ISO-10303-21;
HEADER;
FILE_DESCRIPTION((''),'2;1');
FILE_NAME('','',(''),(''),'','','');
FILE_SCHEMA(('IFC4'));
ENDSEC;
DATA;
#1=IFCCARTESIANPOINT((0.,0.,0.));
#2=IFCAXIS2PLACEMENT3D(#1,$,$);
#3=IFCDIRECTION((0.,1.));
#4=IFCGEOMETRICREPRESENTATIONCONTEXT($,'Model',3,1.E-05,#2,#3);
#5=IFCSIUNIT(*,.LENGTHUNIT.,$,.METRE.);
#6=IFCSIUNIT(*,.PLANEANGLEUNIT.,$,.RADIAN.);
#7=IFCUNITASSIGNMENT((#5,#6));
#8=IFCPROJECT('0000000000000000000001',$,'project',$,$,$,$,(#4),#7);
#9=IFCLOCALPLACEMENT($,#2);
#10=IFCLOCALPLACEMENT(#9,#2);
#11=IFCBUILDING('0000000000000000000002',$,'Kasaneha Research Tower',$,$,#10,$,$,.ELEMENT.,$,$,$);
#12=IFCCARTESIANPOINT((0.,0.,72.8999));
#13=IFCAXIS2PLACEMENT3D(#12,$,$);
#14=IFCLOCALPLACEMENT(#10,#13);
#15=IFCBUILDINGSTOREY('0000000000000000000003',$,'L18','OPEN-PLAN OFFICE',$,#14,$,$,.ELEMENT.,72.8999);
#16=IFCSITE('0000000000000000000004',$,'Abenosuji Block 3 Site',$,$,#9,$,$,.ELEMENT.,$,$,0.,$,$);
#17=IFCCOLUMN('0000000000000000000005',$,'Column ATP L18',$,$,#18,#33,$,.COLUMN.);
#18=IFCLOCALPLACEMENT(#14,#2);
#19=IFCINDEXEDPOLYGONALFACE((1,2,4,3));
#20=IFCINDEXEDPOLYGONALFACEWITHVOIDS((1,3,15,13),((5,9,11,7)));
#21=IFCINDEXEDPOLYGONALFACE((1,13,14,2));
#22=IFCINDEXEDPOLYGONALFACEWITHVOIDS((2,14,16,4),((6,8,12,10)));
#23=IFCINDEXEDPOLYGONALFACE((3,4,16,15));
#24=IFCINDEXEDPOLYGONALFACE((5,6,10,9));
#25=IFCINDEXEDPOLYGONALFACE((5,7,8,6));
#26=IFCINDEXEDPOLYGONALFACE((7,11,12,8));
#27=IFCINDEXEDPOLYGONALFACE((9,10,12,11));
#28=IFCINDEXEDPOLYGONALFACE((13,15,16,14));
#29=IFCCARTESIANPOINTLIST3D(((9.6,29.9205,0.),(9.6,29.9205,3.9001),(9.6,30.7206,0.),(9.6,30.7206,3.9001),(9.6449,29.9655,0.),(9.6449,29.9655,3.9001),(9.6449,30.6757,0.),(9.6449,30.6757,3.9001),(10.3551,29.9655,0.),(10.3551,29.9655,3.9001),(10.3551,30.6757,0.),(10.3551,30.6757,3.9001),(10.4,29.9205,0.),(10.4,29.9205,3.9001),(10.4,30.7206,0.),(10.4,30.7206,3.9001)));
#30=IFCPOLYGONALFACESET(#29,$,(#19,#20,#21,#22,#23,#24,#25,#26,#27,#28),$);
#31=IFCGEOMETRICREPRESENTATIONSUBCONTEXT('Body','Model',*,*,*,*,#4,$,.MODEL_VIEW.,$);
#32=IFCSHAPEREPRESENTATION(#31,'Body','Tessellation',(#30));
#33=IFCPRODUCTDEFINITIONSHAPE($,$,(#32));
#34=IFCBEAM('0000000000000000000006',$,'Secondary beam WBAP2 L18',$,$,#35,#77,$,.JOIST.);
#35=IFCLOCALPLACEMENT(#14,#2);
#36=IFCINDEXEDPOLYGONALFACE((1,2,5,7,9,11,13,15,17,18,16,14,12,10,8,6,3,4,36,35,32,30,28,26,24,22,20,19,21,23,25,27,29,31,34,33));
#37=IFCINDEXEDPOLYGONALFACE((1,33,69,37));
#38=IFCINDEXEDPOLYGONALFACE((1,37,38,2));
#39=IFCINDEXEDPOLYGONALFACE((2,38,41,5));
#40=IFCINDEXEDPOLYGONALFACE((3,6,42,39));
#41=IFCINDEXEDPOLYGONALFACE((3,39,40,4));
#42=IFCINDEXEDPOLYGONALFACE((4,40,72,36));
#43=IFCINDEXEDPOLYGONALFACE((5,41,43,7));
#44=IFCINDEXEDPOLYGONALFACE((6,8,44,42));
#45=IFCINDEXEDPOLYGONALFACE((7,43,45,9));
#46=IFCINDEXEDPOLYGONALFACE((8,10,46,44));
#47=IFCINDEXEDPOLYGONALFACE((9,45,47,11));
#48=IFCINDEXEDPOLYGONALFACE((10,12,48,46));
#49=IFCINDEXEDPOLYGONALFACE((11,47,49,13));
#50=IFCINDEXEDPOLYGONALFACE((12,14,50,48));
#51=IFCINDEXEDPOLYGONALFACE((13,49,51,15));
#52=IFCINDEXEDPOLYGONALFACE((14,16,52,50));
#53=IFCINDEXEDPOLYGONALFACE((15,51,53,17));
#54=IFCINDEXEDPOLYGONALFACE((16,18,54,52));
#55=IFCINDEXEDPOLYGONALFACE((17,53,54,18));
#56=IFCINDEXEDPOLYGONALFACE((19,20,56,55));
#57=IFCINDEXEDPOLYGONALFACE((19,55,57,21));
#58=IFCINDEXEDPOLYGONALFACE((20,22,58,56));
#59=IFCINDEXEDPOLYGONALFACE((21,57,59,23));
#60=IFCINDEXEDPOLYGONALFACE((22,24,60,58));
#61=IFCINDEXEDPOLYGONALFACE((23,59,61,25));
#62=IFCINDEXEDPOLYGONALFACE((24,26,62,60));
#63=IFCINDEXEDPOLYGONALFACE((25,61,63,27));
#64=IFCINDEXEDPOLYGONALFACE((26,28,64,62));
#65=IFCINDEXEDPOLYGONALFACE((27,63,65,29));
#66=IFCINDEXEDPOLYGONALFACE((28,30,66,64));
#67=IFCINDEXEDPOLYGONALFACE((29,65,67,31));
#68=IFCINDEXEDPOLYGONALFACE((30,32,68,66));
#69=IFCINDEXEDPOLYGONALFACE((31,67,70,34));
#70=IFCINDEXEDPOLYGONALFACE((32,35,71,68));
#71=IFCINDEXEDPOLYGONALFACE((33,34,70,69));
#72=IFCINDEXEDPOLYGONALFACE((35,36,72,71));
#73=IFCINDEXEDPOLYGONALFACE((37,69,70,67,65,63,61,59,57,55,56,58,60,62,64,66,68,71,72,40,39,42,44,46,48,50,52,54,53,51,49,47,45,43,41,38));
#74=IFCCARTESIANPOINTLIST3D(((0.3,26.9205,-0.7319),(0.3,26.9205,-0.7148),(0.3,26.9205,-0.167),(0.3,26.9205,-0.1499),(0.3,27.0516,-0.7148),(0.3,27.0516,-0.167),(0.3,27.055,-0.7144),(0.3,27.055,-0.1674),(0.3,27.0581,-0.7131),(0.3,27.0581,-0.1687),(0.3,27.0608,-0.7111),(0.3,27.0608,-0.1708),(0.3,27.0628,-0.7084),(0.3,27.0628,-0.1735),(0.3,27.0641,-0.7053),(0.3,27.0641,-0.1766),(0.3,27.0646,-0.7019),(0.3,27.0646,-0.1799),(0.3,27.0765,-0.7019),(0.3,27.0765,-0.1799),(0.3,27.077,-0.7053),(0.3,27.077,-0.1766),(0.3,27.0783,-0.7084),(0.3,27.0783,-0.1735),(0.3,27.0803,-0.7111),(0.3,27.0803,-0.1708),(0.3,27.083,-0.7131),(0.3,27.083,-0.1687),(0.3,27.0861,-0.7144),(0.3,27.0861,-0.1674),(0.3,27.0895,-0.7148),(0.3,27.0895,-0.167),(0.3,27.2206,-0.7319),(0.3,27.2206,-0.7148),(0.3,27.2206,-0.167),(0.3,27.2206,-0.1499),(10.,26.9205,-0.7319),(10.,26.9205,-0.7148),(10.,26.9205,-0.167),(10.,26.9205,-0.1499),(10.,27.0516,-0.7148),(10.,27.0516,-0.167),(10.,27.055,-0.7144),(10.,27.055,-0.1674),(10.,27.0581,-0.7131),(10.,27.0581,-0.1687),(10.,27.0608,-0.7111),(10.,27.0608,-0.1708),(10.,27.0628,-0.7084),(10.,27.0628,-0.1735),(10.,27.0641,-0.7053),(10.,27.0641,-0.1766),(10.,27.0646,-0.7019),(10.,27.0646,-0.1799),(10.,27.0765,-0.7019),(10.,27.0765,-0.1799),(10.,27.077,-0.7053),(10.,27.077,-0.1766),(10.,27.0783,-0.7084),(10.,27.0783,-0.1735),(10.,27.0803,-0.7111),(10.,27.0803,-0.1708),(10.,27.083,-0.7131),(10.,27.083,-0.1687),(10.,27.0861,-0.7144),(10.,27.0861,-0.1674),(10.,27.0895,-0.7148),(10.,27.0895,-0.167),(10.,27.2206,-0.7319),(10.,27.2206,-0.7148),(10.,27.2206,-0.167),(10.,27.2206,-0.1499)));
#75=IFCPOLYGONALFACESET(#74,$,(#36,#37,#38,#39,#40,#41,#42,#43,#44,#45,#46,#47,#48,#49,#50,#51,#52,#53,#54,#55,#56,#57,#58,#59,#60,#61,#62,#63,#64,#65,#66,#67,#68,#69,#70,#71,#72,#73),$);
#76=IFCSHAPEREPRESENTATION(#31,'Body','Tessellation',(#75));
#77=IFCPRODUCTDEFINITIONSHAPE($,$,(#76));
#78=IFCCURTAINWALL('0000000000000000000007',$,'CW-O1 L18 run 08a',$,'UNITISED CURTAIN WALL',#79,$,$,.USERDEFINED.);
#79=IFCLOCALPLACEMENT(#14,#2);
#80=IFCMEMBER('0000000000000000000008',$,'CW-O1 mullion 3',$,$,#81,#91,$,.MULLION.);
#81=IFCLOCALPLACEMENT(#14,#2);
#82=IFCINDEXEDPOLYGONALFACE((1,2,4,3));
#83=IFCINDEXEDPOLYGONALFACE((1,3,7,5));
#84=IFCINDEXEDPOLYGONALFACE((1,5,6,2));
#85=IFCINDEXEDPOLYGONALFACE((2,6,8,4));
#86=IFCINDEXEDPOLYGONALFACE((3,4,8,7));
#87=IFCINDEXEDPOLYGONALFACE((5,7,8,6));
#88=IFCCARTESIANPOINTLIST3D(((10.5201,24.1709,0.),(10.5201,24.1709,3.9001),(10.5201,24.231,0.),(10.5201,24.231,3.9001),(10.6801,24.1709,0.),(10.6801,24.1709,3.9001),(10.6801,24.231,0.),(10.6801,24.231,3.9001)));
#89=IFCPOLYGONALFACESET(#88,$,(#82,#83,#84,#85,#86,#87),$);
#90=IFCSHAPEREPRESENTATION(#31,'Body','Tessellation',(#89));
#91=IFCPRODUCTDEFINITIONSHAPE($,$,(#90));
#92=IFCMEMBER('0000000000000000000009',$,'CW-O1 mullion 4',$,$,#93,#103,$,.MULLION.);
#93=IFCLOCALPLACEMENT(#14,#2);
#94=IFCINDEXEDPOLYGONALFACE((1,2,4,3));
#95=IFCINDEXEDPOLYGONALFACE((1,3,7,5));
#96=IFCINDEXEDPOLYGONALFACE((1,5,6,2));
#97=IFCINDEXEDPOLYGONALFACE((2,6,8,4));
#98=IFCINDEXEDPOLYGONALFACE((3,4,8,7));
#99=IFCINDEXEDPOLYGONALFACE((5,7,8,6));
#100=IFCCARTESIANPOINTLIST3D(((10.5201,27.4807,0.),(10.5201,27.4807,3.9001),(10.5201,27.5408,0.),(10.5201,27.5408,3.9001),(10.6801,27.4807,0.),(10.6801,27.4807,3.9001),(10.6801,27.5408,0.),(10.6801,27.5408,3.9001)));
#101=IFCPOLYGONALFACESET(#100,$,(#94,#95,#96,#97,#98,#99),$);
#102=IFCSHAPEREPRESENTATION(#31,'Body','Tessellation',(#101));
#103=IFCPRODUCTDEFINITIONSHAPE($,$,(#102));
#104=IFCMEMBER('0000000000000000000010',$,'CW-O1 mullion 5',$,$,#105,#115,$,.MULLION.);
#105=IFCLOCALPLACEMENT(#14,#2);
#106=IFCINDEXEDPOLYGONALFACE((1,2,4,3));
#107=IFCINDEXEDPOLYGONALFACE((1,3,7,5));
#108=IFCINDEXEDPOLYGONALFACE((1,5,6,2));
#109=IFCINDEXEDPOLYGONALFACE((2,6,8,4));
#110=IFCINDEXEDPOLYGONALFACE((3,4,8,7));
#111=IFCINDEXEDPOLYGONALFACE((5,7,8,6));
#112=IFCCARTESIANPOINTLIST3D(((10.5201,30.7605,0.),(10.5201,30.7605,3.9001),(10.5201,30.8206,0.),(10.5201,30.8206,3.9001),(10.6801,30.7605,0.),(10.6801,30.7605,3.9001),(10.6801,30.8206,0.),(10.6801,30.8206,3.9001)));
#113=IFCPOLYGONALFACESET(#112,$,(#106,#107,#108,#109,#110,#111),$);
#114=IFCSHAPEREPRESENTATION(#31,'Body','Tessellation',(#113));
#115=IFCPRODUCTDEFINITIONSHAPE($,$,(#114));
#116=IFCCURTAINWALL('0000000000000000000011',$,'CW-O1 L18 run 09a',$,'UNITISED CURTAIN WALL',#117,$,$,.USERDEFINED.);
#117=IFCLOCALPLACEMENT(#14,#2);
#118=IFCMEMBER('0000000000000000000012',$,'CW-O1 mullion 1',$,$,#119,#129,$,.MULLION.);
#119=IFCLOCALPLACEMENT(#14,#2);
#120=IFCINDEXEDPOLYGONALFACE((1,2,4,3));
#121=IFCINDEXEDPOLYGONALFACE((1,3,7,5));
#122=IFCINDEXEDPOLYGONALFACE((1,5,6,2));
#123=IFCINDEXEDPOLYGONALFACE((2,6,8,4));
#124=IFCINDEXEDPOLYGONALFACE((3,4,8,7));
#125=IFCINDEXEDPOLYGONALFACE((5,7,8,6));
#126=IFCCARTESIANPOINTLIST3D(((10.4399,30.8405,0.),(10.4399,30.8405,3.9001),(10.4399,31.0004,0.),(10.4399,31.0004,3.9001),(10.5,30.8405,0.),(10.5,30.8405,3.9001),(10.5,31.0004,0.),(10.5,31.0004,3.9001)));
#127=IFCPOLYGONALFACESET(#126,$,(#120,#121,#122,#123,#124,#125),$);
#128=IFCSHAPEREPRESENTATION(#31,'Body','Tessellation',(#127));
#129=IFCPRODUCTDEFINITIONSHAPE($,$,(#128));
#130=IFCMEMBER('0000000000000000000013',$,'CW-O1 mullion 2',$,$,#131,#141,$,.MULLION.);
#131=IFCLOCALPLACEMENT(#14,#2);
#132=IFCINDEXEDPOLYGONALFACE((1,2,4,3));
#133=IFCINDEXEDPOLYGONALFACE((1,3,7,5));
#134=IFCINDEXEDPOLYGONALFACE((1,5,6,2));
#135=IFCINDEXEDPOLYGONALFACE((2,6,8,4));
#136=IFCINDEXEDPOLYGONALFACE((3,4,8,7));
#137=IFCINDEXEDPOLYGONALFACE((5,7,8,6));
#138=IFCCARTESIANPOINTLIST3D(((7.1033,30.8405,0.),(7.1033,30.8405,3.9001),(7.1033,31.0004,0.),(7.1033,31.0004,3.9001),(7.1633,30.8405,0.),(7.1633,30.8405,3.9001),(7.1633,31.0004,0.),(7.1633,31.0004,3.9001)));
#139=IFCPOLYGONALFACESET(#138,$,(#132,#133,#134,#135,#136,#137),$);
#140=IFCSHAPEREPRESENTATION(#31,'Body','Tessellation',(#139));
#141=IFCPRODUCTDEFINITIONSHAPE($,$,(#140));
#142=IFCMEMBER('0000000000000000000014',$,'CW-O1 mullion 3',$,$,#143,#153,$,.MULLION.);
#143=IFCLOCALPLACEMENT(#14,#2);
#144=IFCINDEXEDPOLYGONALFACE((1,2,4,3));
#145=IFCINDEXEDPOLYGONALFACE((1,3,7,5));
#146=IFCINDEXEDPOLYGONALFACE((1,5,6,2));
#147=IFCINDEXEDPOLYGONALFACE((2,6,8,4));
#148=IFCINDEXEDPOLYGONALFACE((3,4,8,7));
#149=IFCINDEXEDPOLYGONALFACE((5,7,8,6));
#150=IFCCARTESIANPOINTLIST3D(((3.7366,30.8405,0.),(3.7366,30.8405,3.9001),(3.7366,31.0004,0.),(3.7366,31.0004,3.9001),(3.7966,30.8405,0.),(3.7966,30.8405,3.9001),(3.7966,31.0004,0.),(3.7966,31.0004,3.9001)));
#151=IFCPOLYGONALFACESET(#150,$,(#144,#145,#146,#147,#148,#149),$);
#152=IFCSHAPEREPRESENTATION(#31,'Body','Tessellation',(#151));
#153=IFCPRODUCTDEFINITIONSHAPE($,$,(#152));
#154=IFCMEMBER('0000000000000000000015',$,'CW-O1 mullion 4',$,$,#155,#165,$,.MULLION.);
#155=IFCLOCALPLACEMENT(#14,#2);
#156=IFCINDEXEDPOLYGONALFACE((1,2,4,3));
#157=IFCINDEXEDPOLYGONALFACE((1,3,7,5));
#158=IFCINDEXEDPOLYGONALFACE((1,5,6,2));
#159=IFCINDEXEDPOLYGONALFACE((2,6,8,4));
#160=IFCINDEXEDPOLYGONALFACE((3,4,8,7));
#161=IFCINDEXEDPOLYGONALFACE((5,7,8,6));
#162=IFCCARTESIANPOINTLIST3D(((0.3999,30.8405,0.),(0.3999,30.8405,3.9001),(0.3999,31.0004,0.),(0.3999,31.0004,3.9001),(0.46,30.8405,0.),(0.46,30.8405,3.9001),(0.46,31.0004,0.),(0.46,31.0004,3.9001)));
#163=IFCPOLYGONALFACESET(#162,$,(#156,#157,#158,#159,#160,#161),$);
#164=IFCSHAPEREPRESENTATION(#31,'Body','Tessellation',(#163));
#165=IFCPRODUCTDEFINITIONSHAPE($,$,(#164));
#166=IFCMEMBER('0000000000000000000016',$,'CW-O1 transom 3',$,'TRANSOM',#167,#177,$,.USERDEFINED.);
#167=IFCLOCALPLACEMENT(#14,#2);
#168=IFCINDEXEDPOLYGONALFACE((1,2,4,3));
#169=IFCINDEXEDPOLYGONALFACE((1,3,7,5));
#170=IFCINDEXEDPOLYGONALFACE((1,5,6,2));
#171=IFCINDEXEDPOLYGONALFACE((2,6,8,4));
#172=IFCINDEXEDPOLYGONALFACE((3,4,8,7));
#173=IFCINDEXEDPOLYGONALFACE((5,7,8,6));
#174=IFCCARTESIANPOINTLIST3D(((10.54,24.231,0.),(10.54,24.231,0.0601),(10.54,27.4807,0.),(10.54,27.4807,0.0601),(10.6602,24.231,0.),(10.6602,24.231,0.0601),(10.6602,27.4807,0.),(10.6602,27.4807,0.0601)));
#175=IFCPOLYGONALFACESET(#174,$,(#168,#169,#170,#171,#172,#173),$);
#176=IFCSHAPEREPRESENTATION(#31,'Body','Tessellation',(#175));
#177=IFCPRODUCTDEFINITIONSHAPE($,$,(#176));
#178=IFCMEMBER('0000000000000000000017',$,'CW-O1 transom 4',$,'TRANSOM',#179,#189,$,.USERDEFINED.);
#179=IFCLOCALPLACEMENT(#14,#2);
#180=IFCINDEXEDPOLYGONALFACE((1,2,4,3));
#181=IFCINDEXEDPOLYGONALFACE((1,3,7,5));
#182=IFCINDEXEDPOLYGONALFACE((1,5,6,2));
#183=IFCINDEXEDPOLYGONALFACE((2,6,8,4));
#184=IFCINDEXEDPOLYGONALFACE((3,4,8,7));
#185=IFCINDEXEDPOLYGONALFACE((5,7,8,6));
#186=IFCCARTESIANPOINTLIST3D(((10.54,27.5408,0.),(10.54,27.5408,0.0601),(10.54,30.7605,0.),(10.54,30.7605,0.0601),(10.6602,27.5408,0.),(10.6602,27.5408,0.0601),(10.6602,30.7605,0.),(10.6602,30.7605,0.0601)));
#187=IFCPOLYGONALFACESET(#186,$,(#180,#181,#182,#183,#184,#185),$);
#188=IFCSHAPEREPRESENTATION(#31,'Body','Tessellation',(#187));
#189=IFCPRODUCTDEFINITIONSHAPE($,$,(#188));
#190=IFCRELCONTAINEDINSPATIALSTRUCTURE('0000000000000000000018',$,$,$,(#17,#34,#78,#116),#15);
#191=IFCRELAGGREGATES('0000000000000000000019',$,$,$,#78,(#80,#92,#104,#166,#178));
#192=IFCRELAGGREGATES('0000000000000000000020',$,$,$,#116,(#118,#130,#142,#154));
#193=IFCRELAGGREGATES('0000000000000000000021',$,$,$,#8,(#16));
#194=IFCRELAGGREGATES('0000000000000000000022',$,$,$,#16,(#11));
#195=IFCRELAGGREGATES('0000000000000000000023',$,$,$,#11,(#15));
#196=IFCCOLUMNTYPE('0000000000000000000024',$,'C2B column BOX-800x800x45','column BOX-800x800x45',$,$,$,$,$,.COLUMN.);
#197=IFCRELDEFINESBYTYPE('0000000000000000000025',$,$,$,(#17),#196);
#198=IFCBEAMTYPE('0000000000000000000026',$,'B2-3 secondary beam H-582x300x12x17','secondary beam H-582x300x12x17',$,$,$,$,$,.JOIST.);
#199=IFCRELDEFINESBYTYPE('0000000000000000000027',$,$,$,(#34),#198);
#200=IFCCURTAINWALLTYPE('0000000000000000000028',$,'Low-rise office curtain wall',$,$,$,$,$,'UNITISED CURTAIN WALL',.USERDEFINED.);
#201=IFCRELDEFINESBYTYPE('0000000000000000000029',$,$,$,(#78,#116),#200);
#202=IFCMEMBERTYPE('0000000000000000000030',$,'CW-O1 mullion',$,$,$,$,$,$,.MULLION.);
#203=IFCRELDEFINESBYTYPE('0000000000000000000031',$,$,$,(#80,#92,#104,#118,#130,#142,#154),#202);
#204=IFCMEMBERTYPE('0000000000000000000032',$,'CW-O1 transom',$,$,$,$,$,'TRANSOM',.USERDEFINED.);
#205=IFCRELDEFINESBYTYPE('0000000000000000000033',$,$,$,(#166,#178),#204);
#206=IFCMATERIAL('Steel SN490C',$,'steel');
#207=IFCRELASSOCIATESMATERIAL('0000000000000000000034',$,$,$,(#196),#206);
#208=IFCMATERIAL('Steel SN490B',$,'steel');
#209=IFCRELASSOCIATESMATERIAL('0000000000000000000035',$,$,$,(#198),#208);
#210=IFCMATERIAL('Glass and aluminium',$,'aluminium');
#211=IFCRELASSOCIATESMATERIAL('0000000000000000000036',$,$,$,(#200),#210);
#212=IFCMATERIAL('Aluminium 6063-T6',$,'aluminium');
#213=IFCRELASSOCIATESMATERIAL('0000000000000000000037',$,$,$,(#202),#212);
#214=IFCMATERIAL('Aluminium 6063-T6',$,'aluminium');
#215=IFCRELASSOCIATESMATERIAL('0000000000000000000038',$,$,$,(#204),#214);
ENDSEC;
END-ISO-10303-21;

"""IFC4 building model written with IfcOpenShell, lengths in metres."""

from ifc_helpers import new_model, si_unit, direction, frame, origin, origin_2d, place, context, subcontext, project, spatial, rectangle, hollow_rectangle, i_section, extrude, material, material_profile, profile_set, type_object, element, aggregate, save


model = new_model("IFC4")

# Units and contexts
model_context = context("Model", 3, precision=1e-05, world=origin(), true_north=direction((0.0, 1.0)))
body_context = subcontext(model_context, "Body", "Model", "MODEL_VIEW")
ifc_project = project(units=[si_unit("LENGTHUNIT", "METRE"), si_unit("PLANEANGLEUNIT", "RADIAN")], contexts=[model_context])

# Site, building, storey
site_placement = place(None, origin())
site = spatial("IfcSite", under=ifc_project, at=site_placement, Name="Abenosuji Block 3 Site", CompositionType="ELEMENT", RefElevation=0.0)
building_placement = place(site_placement, origin())
building = spatial("IfcBuilding", under=site, at=building_placement, Name="Kasaneha Research Tower", CompositionType="ELEMENT")
storey_placement = place(building_placement, frame((0.0, 0.0, 72.8999)))
storey = spatial("IfcBuildingStorey", under=building, at=storey_placement, Name="L18", Description="OPEN-PLAN OFFICE", CompositionType="ELEMENT", Elevation=72.8999)

# Column
ifc_material_1 = material(Name="Steel SN490C", Category="steel")
ifc_material_profile_1 = material_profile(ifc_material_1, hollow_rectangle(XDim=0.8, YDim=0.8, WallThickness=0.0449, at=origin_2d()), Name="BOX-800x800x45")
ifc_profile_set_1 = profile_set([ifc_material_profile_1], Name="Steel SN490C")
column_type = type_object("IfcColumnType", Name="C2B column BOX-800x800x45", Description="column BOX-800x800x45", PredefinedType="COLUMN", material=ifc_profile_set_1)
column_placement = place(storey_placement, frame((10.0, 30.3206, 0.0), z_axis=(0.0, 0.0, 1.0), x_axis=(1.0, 0.0, 0.0)))
element("IfcColumn", 1, at=column_placement, inside=storey, type_object=column_type, Name="Column ATP L18", PredefinedType="COLUMN", context=body_context, shape_type="SweptSolid", body=[
    extrude(hollow_rectangle(XDim=0.8, YDim=0.8, WallThickness=0.0449, at=origin_2d()), origin(), (0.0, 0.0, 1.0), 3.9001),
])

# Beam
ifc_material_2 = material(Name="Steel SN490B", Category="steel")
ifc_material_profile_2 = material_profile(ifc_material_2, i_section(OverallWidth=0.3, OverallDepth=0.582, WebThickness=0.012, FlangeThickness=0.0171, FilletRadius=0.0129, at=origin_2d()), Name="H-582x300x12x17")
ifc_profile_set_2 = profile_set([ifc_material_profile_2], Name="Steel SN490B")
beam_type_1 = type_object("IfcBeamType", Name="B2-3 secondary beam H-582x300x12x17", Description="secondary beam H-582x300x12x17", PredefinedType="JOIST", material=ifc_profile_set_2)
beam_1_placement = place(storey_placement, frame((10.0, 27.0706, -0.4409), z_axis=(-1.0, 0.0, 0.0), x_axis=(0.0, -1.0, 0.0)))
element("IfcBeam", 2, at=beam_1_placement, inside=storey, type_object=beam_type_1, Name="Secondary beam WBAP2 L18", PredefinedType="JOIST", context=body_context, shape_type="SweptSolid", body=[
    extrude(i_section(OverallWidth=0.3, OverallDepth=0.582, WebThickness=0.012, FlangeThickness=0.0171, FilletRadius=0.0129, at=origin_2d()), origin(), (0.0, 0.0, 1.0), 9.7),
])

# Curtain walls, members
ifc_material_3 = material(Name="Glass and aluminium", Category="aluminium")
curtain_wall_type = type_object("IfcCurtainWallType", Name="Low-rise office curtain wall", ElementType="UNITISED CURTAIN WALL", PredefinedType="USERDEFINED", material=ifc_material_3)
curtain_wall_1_placement = place(storey_placement, origin())
curtain_wall_1 = element("IfcCurtainWall", 3, at=curtain_wall_1_placement, inside=storey, type_object=curtain_wall_type, Name="CW-O1 L18 run 08a", ObjectType="UNITISED CURTAIN WALL", PredefinedType="USERDEFINED")
ifc_material_4 = material(Name="Aluminium 6063-T6", Category="aluminium")
ifc_material_profile_3 = material_profile(ifc_material_4, rectangle(XDim=0.0601, YDim=0.1599, at=origin_2d()), Name="CW-O1 mullion 60x160")
ifc_profile_set_3 = profile_set([ifc_material_profile_3], Name="Aluminium 6063-T6")
member_type_1 = type_object("IfcMemberType", Name="CW-O1 mullion", PredefinedType="MULLION", material=ifc_profile_set_3)
member_1_placement = place(storey_placement, frame((10.6001, 24.2009, 0.0), z_axis=(0.0, 0.0, 1.0), x_axis=(0.0, 1.0, 0.0)))
member_1 = element("IfcMember", 4, at=member_1_placement, type_object=member_type_1, Name="CW-O1 mullion 3", PredefinedType="MULLION", context=body_context, shape_type="SweptSolid", body=[
    extrude(rectangle(XDim=0.0601, YDim=0.1599, at=origin_2d()), origin(), (0.0, 0.0, 1.0), 3.9001),
])
member_2_placement = place(storey_placement, frame((10.6001, 27.5107, 0.0), z_axis=(0.0, 0.0, 1.0), x_axis=(0.0, 1.0, 0.0)))
member_2 = element("IfcMember", 5, at=member_2_placement, type_object=member_type_1, Name="CW-O1 mullion 4", PredefinedType="MULLION", context=body_context, shape_type="SweptSolid", body=[
    extrude(rectangle(XDim=0.0601, YDim=0.1599, at=origin_2d()), origin(), (0.0, 0.0, 1.0), 3.9001),
])
member_3_placement = place(storey_placement, frame((10.6001, 30.7905, 0.0), z_axis=(0.0, 0.0, 1.0), x_axis=(0.0, 1.0, 0.0)))
member_3 = element("IfcMember", 6, at=member_3_placement, type_object=member_type_1, Name="CW-O1 mullion 5", PredefinedType="MULLION", context=body_context, shape_type="SweptSolid", body=[
    extrude(rectangle(XDim=0.0601, YDim=0.1599, at=origin_2d()), origin(), (0.0, 0.0, 1.0), 3.9001),
])
curtain_wall_2_placement = place(storey_placement, origin())
curtain_wall_2 = element("IfcCurtainWall", 7, at=curtain_wall_2_placement, inside=storey, type_object=curtain_wall_type, Name="CW-O1 L18 run 09a", ObjectType="UNITISED CURTAIN WALL", PredefinedType="USERDEFINED")
member_4_placement = place(storey_placement, frame((10.47, 30.9204, 0.0), z_axis=(0.0, 0.0, 1.0), x_axis=(-1.0, 0.0, 0.0)))
member_4 = element("IfcMember", 8, at=member_4_placement, type_object=member_type_1, Name="CW-O1 mullion 1", PredefinedType="MULLION", context=body_context, shape_type="SweptSolid", body=[
    extrude(rectangle(XDim=0.0601, YDim=0.1599, at=origin_2d()), origin(), (0.0, 0.0, 1.0), 3.9001),
])
member_5_placement = place(storey_placement, frame((7.1333, 30.9204, 0.0), z_axis=(0.0, 0.0, 1.0), x_axis=(-1.0, 0.0, 0.0)))
member_5 = element("IfcMember", 9, at=member_5_placement, type_object=member_type_1, Name="CW-O1 mullion 2", PredefinedType="MULLION", context=body_context, shape_type="SweptSolid", body=[
    extrude(rectangle(XDim=0.0601, YDim=0.1599, at=origin_2d()), origin(), (0.0, 0.0, 1.0), 3.9001),
])
member_6_placement = place(storey_placement, frame((3.7666, 30.9204, 0.0), z_axis=(0.0, 0.0, 1.0), x_axis=(-1.0, 0.0, 0.0)))
member_6 = element("IfcMember", 10, at=member_6_placement, type_object=member_type_1, Name="CW-O1 mullion 3", PredefinedType="MULLION", context=body_context, shape_type="SweptSolid", body=[
    extrude(rectangle(XDim=0.0601, YDim=0.1599, at=origin_2d()), origin(), (0.0, 0.0, 1.0), 3.9001),
])
member_7_placement = place(storey_placement, frame((0.4299, 30.9204, 0.0), z_axis=(0.0, 0.0, 1.0), x_axis=(-1.0, 0.0, 0.0)))
member_7 = element("IfcMember", 11, at=member_7_placement, type_object=member_type_1, Name="CW-O1 mullion 4", PredefinedType="MULLION", context=body_context, shape_type="SweptSolid", body=[
    extrude(rectangle(XDim=0.0601, YDim=0.1599, at=origin_2d()), origin(), (0.0, 0.0, 1.0), 3.9001),
])

# Members
ifc_material_5 = material(Name="Aluminium 6063-T6", Category="aluminium")
ifc_material_profile_4 = material_profile(ifc_material_5, rectangle(XDim=0.1201, YDim=0.0601, at=origin_2d()), Name="CW-O1 transom 120x60")
ifc_profile_set_4 = profile_set([ifc_material_profile_4], Name="Aluminium 6063-T6")
member_type_2 = type_object("IfcMemberType", Name="CW-O1 transom", ElementType="TRANSOM", PredefinedType="USERDEFINED", material=ifc_profile_set_4)
member_8_placement = place(storey_placement, frame((10.6001, 24.231, 0.03), z_axis=(0.0, 1.0, 0.0), x_axis=(-1.0, 0.0, 0.0)))
member_8 = element("IfcMember", 12, at=member_8_placement, type_object=member_type_2, Name="CW-O1 transom 3", ObjectType="TRANSOM", PredefinedType="USERDEFINED", context=body_context, shape_type="SweptSolid", body=[
    extrude(rectangle(XDim=0.1201, YDim=0.0601, at=origin_2d()), origin(), (0.0, 0.0, 1.0), 3.2498),
])
member_9_placement = place(storey_placement, frame((10.6001, 27.5408, 0.03), z_axis=(0.0, 1.0, 0.0), x_axis=(-1.0, 0.0, 0.0)))
member_9 = element("IfcMember", 13, at=member_9_placement, type_object=member_type_2, Name="CW-O1 transom 4", ObjectType="TRANSOM", PredefinedType="USERDEFINED", context=body_context, shape_type="SweptSolid", body=[
    extrude(rectangle(XDim=0.1201, YDim=0.0601, at=origin_2d()), origin(), (0.0, 0.0, 1.0), 3.2197),
])

aggregate(curtain_wall_1, [member_1, member_2, member_3, member_8, member_9])
aggregate(curtain_wall_2, [member_4, member_5, member_6, member_7])

save(model, "model.ifc")
